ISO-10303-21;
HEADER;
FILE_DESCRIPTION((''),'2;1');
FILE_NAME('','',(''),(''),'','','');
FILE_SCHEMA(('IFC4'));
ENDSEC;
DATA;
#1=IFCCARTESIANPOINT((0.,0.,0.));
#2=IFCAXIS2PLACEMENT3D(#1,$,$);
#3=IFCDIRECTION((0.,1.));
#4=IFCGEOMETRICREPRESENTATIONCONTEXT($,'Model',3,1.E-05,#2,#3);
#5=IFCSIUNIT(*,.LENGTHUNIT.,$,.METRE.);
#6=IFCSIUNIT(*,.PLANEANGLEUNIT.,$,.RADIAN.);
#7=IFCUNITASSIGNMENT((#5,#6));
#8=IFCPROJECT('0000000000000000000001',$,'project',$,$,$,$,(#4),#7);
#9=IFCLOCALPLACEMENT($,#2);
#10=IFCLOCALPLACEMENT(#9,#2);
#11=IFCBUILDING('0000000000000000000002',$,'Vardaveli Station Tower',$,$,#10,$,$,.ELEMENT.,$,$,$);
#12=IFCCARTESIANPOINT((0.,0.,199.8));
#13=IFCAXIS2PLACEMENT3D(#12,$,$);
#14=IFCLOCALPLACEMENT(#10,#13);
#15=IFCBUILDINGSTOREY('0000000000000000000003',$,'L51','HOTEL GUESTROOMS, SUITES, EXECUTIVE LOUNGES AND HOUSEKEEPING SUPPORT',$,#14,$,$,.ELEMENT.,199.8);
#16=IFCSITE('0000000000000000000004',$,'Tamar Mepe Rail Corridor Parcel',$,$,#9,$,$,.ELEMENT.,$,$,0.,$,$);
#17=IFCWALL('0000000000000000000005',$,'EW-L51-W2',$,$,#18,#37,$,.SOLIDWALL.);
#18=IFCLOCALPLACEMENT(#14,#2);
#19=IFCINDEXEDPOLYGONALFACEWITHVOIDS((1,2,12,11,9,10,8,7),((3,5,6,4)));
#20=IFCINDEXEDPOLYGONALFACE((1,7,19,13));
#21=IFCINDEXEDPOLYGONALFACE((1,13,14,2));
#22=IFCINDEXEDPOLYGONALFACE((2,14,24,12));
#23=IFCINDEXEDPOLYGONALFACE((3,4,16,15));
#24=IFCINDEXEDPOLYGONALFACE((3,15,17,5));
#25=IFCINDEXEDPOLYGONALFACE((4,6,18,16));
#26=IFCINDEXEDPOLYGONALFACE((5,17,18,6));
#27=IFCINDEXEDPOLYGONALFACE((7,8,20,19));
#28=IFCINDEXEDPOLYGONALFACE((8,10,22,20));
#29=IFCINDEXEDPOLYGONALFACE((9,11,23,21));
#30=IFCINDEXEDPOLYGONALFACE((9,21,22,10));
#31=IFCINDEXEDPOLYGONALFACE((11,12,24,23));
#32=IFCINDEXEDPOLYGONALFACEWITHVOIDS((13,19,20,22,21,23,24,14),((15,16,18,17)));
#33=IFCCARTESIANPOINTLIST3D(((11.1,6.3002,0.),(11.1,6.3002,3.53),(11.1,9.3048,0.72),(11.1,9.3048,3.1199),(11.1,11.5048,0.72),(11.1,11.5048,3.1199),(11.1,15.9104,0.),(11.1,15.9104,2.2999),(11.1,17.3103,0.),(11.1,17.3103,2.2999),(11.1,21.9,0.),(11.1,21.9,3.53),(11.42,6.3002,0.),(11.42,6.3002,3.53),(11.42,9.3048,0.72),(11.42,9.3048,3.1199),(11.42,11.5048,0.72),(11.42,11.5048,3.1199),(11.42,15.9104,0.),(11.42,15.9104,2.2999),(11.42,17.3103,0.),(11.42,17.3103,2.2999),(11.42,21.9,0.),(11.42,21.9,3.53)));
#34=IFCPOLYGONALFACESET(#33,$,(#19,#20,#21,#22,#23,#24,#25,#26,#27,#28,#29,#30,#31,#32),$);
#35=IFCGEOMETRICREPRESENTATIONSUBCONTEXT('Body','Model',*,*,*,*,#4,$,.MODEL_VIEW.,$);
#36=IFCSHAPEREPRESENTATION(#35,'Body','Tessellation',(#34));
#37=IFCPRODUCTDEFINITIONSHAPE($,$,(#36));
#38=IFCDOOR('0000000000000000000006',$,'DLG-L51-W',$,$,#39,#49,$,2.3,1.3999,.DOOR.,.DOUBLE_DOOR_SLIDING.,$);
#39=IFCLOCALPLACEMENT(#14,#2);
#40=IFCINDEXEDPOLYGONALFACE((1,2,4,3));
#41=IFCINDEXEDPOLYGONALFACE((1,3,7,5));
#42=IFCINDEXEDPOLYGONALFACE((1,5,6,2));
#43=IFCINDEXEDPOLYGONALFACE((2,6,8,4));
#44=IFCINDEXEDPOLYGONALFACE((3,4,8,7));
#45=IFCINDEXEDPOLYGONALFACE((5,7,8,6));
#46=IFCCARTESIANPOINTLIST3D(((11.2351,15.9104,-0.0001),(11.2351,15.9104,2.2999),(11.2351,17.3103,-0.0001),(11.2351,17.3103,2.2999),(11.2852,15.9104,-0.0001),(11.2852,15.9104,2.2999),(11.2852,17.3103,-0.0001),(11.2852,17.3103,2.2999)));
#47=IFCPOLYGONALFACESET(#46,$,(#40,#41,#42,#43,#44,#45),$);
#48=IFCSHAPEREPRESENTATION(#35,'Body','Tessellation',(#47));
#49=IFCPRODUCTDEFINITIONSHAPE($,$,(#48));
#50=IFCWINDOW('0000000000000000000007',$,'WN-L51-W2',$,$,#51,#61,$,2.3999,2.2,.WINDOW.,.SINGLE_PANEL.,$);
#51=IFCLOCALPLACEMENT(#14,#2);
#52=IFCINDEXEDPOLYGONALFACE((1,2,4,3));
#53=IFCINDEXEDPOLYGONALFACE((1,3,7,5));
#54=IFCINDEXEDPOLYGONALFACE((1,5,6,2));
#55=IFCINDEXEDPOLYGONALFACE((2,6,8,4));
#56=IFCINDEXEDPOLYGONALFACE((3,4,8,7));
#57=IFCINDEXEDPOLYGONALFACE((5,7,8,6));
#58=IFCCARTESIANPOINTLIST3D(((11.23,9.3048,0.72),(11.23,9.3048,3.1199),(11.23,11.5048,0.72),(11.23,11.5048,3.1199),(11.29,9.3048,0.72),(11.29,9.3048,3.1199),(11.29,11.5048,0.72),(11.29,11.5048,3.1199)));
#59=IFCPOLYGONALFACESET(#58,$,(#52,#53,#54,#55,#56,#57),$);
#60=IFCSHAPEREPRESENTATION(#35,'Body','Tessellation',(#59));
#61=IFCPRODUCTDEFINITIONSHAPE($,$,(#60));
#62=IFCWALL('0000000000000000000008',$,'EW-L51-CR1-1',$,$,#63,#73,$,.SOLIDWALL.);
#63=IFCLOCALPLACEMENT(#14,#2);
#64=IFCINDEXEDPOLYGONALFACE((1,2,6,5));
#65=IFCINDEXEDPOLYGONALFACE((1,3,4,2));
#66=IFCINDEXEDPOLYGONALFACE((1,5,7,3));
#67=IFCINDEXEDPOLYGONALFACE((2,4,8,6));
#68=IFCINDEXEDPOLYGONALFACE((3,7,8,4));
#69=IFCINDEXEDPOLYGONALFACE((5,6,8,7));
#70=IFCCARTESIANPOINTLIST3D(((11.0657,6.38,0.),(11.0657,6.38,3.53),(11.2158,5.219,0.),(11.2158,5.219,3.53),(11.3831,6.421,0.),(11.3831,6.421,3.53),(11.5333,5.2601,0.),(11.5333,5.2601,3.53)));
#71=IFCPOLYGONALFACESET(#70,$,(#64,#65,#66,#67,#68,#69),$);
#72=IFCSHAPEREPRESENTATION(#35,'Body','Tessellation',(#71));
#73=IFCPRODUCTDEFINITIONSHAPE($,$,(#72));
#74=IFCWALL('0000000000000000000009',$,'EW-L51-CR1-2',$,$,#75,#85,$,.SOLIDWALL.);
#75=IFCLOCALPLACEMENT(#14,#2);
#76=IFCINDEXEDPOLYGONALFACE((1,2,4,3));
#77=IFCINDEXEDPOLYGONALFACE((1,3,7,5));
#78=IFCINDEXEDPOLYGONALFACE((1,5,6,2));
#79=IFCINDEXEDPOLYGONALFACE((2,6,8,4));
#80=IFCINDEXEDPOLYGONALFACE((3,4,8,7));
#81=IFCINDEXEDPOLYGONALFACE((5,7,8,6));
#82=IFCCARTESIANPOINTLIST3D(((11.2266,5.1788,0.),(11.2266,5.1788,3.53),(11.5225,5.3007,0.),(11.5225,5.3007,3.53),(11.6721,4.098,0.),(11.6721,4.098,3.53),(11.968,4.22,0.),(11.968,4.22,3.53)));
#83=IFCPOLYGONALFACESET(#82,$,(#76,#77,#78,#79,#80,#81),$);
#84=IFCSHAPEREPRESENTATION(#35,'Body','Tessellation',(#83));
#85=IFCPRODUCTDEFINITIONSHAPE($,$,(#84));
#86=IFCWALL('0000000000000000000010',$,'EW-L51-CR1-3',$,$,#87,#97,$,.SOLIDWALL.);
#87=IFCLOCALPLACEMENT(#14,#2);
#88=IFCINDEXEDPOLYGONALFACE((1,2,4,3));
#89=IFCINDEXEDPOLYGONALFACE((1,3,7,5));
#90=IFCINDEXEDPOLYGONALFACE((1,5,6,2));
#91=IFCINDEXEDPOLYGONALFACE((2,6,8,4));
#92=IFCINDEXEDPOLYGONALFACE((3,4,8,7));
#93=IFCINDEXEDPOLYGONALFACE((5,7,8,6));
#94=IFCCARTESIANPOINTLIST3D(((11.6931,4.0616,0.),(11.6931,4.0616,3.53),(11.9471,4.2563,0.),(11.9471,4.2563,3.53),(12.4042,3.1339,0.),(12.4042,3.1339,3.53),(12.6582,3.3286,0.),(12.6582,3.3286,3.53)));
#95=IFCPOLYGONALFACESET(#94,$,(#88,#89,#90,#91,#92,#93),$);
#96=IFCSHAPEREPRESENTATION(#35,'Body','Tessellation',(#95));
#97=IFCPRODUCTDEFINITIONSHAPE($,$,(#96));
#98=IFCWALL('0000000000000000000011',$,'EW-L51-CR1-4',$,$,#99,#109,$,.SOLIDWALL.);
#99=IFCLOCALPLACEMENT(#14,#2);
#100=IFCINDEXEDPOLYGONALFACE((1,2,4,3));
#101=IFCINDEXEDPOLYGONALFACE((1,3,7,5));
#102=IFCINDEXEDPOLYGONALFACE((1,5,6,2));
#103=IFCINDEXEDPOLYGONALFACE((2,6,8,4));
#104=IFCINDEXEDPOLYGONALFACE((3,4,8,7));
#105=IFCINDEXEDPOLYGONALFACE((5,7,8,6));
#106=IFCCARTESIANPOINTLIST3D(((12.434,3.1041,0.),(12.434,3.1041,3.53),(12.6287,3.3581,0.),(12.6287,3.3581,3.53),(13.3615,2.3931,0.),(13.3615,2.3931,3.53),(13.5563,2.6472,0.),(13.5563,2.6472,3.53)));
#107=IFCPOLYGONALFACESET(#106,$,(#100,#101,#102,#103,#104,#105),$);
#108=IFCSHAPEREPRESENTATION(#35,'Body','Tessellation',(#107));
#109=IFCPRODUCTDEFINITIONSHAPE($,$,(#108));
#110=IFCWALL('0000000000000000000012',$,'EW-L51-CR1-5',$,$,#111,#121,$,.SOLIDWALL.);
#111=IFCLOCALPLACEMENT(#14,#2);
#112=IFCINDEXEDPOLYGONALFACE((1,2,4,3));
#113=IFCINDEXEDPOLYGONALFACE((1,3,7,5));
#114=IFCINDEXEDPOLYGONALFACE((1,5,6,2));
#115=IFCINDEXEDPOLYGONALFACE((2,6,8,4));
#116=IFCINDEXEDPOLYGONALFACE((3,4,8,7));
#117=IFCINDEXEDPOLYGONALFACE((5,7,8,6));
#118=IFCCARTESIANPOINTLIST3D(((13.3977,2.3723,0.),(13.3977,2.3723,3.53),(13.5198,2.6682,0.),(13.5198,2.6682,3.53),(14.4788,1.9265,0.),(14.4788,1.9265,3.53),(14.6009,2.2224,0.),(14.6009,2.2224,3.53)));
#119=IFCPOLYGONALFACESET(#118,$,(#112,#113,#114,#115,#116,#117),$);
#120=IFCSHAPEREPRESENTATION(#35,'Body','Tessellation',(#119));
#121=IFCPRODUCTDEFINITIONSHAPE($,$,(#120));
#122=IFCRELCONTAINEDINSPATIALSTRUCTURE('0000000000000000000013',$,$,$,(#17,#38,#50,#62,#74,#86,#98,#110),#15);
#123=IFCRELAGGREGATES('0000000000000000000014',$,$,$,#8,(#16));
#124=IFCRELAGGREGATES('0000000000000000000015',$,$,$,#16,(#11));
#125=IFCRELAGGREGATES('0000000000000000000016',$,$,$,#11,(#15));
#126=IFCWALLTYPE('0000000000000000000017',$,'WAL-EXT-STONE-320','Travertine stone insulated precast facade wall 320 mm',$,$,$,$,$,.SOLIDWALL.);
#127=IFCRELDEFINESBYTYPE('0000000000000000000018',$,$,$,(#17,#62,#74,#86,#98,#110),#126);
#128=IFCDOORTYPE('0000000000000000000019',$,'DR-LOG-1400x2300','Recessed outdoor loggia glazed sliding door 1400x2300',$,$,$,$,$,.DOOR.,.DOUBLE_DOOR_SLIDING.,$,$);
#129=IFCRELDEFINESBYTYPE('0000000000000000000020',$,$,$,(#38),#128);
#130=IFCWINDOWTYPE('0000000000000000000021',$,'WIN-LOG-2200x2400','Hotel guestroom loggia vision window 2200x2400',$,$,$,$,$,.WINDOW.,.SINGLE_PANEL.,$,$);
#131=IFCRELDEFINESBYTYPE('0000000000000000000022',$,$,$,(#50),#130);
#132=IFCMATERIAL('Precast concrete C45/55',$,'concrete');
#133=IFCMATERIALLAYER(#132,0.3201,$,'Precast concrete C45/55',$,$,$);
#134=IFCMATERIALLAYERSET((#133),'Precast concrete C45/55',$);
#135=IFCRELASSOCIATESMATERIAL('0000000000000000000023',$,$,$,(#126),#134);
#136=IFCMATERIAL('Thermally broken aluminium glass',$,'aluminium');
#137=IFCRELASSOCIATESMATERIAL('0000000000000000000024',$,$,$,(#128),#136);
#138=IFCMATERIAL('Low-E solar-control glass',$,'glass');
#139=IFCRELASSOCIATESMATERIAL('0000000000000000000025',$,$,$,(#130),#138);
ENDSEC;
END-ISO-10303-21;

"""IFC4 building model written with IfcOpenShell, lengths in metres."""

from ifc_helpers import new_model, si_unit, direction, frame, frame_2d, origin, place, context, subcontext, project, spatial, rectangle, extrude, source, transform, mapped, material, layer, layer_set, type_object, element, fill, save


model = new_model("IFC4")

# Units and contexts
model_context = context("Model", 3, precision=1e-05, world=origin(), true_north=direction((0.0, 1.0)))
body_context = subcontext(model_context, "Body", "Model", "MODEL_VIEW")
ifc_project = project(units=[si_unit("LENGTHUNIT", "METRE"), si_unit("PLANEANGLEUNIT", "RADIAN")], contexts=[model_context])

# Site, building, storey
site_placement = place(None, origin())
site = spatial("IfcSite", under=ifc_project, at=site_placement, Name="Tamar Mepe Rail Corridor Parcel", CompositionType="ELEMENT", RefElevation=0.0)
building_placement = place(site_placement, origin())
building = spatial("IfcBuilding", under=site, at=building_placement, Name="Vardaveli Station Tower", CompositionType="ELEMENT")
storey_placement = place(building_placement, frame((0.0, 0.0, 199.8)))
storey = spatial("IfcBuildingStorey", under=building, at=storey_placement, Name="L51", Description="HOTEL GUESTROOMS, SUITES, EXECUTIVE LOUNGES AND HOUSEKEEPING SUPPORT", CompositionType="ELEMENT", Elevation=199.8)

# Shared definitions
ifc_material_1 = material(Name="Precast concrete C45/55", Category="concrete")

# Wall, openings, door, window
ifc_layer_1 = layer(ifc_material_1, 0.3201, Name="Precast concrete C45/55")
ifc_layer_set_1 = layer_set([ifc_layer_1], Name="Precast concrete C45/55")
wall_type_1 = type_object("IfcWallType", Name="WAL-EXT-STONE-320", Description="Travertine stone insulated precast facade wall 320 mm", PredefinedType="SOLIDWALL", material=ifc_layer_set_1)
shared_shape_1 = source(origin(), body_context, "Body", "SweptSolid", [
    extrude(rectangle(XDim=15.5999, YDim=0.3201, at=frame_2d((7.7998, 0.0))), origin(), (0.0, 0.0, 1.0), 3.53),
])
wall_1_placement = place(storey_placement, frame((11.26, 21.8999, 0.0), z_axis=(0.0, 0.0, 1.0), x_axis=(0.0, -1.0, 0.0)))
wall_1 = element("IfcWall", 1, at=wall_1_placement, inside=storey, type_object=wall_type_1, Name="EW-L51-W2", PredefinedType="SOLIDWALL", context=body_context, shape_type="MappedRepresentation", body=[
    mapped(shared_shape_1, transform((0.0, 0.0, 0.0), scale=1.0)),
])
shared_shape_2 = source(origin(), body_context, "Body", "SweptSolid", [
    extrude(rectangle(XDim=1.3999, YDim=2.3, at=frame_2d((0.7, 1.1499))), frame((0.0, 0.1699, 0.0), z_axis=(0.0, -1.0, 0.0), x_axis=(1.0, 0.0, 0.0)), (0.0, 0.0, 1.0), 0.3401),
])
opening_1_placement = place(wall_1_placement, frame((4.5896, 0.0, 0.0)))
opening_1 = element("IfcOpeningElement", 2, at=opening_1_placement, cuts=wall_1, PredefinedType="OPENING", context=body_context, shape_type="MappedRepresentation", body=[
    mapped(shared_shape_2, transform((0.0, 0.0, 0.0), scale=1.0)),
])
shared_shape_3 = source(origin(), body_context, "Body", "SweptSolid", [
    extrude(rectangle(XDim=2.2, YDim=2.3999, at=frame_2d((1.1001, 1.2))), frame((0.0, 0.1699, 0.0), z_axis=(0.0, -1.0, 0.0), x_axis=(1.0, 0.0, 0.0)), (0.0, 0.0, 1.0), 0.3401),
])
opening_2_placement = place(wall_1_placement, frame((10.395, 0.0, 0.72)))
opening_2 = element("IfcOpeningElement", 3, at=opening_2_placement, cuts=wall_1, PredefinedType="OPENING", context=body_context, shape_type="MappedRepresentation", body=[
    mapped(shared_shape_3, transform((0.0, 0.0, 0.0), scale=1.0)),
])
ifc_material_2 = material(Name="Thermally broken aluminium glass", Category="aluminium")
door_type_1 = type_object("IfcDoorType", Name="DR-LOG-1400x2300", Description="Recessed outdoor loggia glazed sliding door 1400x2300", OperationType="DOUBLE_DOOR_SLIDING", PredefinedType="DOOR", material=ifc_material_2)
shared_shape_4 = source(origin(), body_context, "Body", "SweptSolid", [
    extrude(rectangle(XDim=1.3999, YDim=2.3, at=frame_2d((0.7, 1.1499))), frame((0.0, 0.0249, 0.0), z_axis=(0.0, -1.0, 0.0), x_axis=(1.0, 0.0, 0.0)), (0.0, 0.0, 1.0), 0.05),
])
door_1_placement = place(opening_1_placement, frame((1.3999, 0.0, 0.0), z_axis=(0.0, 0.0, 1.0), x_axis=(-1.0, 0.0, 0.0)))
door_1 = element("IfcDoor", 4, at=door_1_placement, inside=storey, type_object=door_type_1, Name="DLG-L51-W", OperationType="DOUBLE_DOOR_SLIDING", OverallHeight=2.3, OverallWidth=1.3999, PredefinedType="DOOR", context=body_context, shape_type="MappedRepresentation", body=[
    mapped(shared_shape_4, transform((0.0, 0.0, 0.0), scale=1.0)),
])
fill(opening_1, door_1)
ifc_material_3 = material(Name="Low-E solar-control glass", Category="glass")
window_type = type_object("IfcWindowType", Name="WIN-LOG-2200x2400", Description="Hotel guestroom loggia vision window 2200x2400", PartitioningType="SINGLE_PANEL", PredefinedType="WINDOW", material=ifc_material_3)
shared_shape_5 = source(origin(), body_context, "Body", "SweptSolid", [
    extrude(rectangle(XDim=2.2, YDim=2.3999, at=frame_2d((1.1001, 1.2))), frame((0.0, 0.03, 0.0), z_axis=(0.0, -1.0, 0.0), x_axis=(1.0, 0.0, 0.0)), (0.0, 0.0, 1.0), 0.0601),
])
window_placement = place(opening_2_placement, origin())
window = element("IfcWindow", 5, at=window_placement, inside=storey, type_object=window_type, Name="WN-L51-W2", OverallHeight=2.3999, OverallWidth=2.2, PartitioningType="SINGLE_PANEL", PredefinedType="WINDOW", context=body_context, shape_type="MappedRepresentation", body=[
    mapped(shared_shape_5, transform((0.0, 0.0, 0.0), scale=1.0)),
])
fill(opening_2, window)

# Walls
shared_shape_6 = source(origin(), body_context, "Body", "SweptSolid", [
    extrude(rectangle(XDim=1.1707, YDim=0.3201, at=frame_2d((0.5854, 0.0))), origin(), (0.0, 0.0, 1.0), 3.53),
])
wall_2_placement = place(storey_placement, frame((11.2244, 6.4006, 0.0), z_axis=(0.0, 0.0, 1.0), x_axis=(0.128269, -0.991739, 0.0)))
element("IfcWall", 6, at=wall_2_placement, inside=storey, type_object=wall_type_1, Name="EW-L51-CR1-1", PredefinedType="SOLIDWALL", context=body_context, shape_type="MappedRepresentation", body=[
    mapped(shared_shape_6, transform((0.0, 0.0, 0.0), scale=1.0)),
])
shared_shape_7 = source(origin(), body_context, "Body", "SweptSolid", [
    extrude(rectangle(XDim=1.1689, YDim=0.3201, at=frame_2d((0.5845, 0.0))), origin(), (0.0, 0.0, 1.0), 3.53),
])
for number, where, z_axis, x_axis, name in (
    (7, (11.3745, 5.2397, 0.0), (0.0, 0.0, 1.0), (0.381128, -0.924522, 0.0), "EW-L51-CR1-2"),
    (8, (11.8201, 4.1589, 0.0), (0.0, 0.0, 1.0), (0.608388, -0.79364, 0.0), "EW-L51-CR1-3"),
):
    element("IfcWall", number, at=place(storey_placement, frame(where, z_axis=z_axis, x_axis=x_axis)), inside=storey, type_object=wall_type_1, Name=name, PredefinedType="SOLIDWALL", context=body_context, shape_type="MappedRepresentation", body=[
        mapped(shared_shape_7, transform((0.0, 0.0, 0.0), scale=1.0)),
    ])
shared_shape_8 = source(origin(), body_context, "Body", "SweptSolid", [
    extrude(rectangle(XDim=1.1687, YDim=0.3201, at=frame_2d((0.5845, 0.0))), origin(), (0.0, 0.0, 1.0), 3.53),
])
wall_3_placement = place(storey_placement, frame((12.5312, 3.2312, 0.0), z_axis=(0.0, 0.0, 1.0), x_axis=(0.793664, -0.608357, 0.0)))
element("IfcWall", 9, at=wall_3_placement, inside=storey, type_object=wall_type_1, Name="EW-L51-CR1-4", PredefinedType="SOLIDWALL", context=body_context, shape_type="MappedRepresentation", body=[
    mapped(shared_shape_8, transform((0.0, 0.0, 0.0), scale=1.0)),
])
shared_shape_9 = source(origin(), body_context, "Body", "SweptSolid", [
    extrude(rectangle(XDim=1.1694, YDim=0.3201, at=frame_2d((0.5847, 0.0))), origin(), (0.0, 0.0, 1.0), 3.53),
])
wall_4_placement = place(storey_placement, frame((13.4587, 2.5203, 0.0), z_axis=(0.0, 0.0, 1.0), x_axis=(0.924479, -0.381233, 0.0)))
element("IfcWall", 10, at=wall_4_placement, inside=storey, type_object=wall_type_1, Name="EW-L51-CR1-5", PredefinedType="SOLIDWALL", context=body_context, shape_type="MappedRepresentation", body=[
    mapped(shared_shape_9, transform((0.0, 0.0, 0.0), scale=1.0)),
])

save(model, "model.ifc")
